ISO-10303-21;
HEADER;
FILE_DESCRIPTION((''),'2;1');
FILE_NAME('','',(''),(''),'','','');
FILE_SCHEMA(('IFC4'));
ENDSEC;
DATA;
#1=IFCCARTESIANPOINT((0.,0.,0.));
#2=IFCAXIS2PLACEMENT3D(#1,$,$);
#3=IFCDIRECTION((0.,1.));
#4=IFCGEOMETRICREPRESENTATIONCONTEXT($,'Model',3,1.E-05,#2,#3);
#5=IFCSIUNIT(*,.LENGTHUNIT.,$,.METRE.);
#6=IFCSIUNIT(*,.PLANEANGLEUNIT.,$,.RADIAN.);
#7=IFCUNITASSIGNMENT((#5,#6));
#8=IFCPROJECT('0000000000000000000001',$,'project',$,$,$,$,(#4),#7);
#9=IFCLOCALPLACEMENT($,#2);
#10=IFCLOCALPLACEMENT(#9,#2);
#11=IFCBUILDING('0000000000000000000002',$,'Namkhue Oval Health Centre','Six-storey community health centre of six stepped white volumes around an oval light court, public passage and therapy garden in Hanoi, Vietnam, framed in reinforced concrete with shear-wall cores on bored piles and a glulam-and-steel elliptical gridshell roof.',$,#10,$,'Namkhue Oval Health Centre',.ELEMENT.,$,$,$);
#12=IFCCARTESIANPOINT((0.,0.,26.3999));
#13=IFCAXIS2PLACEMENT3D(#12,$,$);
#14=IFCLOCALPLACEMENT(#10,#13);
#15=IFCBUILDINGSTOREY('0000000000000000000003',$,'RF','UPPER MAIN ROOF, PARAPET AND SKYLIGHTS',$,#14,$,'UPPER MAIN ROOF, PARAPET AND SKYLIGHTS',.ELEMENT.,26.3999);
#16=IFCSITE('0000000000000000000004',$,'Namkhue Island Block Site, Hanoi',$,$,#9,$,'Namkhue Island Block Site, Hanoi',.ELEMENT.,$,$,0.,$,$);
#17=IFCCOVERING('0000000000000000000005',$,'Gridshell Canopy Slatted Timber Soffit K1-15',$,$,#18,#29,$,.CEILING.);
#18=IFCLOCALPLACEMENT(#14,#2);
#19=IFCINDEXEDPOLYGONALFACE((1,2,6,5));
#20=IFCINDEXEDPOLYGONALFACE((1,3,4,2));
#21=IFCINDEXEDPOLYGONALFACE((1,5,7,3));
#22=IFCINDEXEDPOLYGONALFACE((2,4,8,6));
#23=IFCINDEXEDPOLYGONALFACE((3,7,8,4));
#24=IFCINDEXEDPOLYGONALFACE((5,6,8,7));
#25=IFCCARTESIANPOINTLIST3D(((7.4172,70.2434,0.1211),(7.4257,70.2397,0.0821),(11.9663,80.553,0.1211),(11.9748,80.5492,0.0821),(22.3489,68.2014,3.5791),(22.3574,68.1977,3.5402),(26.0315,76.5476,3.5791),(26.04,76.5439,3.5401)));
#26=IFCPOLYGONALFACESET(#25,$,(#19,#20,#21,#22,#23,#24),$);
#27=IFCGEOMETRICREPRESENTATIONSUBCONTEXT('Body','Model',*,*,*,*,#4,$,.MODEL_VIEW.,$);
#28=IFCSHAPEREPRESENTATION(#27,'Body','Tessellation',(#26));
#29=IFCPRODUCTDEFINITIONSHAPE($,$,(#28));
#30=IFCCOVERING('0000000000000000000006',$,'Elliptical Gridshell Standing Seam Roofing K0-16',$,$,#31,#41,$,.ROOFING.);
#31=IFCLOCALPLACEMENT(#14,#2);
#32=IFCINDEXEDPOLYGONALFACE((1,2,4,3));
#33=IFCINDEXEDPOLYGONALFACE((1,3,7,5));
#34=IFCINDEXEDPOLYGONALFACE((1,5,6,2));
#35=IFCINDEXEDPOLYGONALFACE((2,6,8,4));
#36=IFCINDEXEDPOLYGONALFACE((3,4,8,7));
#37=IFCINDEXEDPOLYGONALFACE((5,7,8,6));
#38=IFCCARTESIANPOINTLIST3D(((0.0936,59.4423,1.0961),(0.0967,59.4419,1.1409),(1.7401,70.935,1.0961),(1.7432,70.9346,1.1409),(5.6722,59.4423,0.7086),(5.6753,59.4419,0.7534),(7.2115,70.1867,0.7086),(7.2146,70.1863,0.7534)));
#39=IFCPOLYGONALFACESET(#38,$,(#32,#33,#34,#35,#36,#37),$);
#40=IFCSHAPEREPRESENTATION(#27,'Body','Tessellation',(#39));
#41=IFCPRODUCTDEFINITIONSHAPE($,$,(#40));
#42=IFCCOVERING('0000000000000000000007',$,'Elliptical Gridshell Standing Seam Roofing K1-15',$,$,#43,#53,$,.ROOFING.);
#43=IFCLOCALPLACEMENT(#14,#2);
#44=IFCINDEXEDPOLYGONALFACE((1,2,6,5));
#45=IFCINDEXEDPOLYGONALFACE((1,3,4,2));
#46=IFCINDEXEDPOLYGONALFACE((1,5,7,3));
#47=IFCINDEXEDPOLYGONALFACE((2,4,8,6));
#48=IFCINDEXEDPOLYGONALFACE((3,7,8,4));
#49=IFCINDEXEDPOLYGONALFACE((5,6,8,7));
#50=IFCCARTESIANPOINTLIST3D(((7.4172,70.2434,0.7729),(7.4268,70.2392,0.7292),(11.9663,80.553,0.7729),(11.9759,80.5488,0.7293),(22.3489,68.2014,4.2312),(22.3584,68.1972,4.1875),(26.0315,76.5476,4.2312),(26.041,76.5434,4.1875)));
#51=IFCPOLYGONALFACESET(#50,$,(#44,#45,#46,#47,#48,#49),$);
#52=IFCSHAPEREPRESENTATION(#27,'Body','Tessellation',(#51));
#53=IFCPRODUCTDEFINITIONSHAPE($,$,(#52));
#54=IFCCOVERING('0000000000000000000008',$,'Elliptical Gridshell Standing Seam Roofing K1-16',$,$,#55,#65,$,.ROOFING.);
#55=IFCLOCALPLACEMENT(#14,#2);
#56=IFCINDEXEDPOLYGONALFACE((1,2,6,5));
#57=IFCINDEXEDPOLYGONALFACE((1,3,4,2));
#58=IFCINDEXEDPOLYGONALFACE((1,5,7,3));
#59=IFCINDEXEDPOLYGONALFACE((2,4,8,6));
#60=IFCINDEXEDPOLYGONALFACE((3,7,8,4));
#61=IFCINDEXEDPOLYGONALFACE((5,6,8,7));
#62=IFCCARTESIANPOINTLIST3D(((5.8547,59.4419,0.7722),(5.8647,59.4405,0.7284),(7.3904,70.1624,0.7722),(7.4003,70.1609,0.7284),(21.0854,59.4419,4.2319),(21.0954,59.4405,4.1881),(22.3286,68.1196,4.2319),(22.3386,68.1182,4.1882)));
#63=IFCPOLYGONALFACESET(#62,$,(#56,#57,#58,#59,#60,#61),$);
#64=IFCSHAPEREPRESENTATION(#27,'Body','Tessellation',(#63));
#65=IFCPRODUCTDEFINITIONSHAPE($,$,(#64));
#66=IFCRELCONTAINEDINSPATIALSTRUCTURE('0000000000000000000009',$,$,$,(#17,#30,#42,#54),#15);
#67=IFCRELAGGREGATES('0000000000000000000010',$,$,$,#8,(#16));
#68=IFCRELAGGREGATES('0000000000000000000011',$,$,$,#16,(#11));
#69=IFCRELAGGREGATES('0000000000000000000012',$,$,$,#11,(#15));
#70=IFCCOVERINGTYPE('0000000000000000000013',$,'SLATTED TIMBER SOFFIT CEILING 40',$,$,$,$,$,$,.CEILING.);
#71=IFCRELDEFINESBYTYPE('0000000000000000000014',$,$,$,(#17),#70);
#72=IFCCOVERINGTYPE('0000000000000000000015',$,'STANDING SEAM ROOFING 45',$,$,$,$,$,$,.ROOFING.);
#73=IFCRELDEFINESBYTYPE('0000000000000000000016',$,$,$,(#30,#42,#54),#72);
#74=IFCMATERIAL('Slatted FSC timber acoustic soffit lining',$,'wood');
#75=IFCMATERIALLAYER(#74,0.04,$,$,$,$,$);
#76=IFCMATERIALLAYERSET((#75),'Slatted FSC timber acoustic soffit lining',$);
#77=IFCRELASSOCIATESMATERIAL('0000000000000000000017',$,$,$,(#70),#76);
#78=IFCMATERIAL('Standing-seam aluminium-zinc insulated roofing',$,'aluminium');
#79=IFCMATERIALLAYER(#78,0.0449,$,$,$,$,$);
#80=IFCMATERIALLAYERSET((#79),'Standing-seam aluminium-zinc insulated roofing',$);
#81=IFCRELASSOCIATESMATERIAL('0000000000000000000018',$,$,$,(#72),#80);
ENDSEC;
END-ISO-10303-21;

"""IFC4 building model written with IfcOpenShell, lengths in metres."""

from ifc_helpers import new_model, si_unit, direction, frame, origin, place, context, subcontext, project, spatial, polyline, outline, extrude, material, layer, layer_set, type_object, element, save


model = new_model("IFC4")

# Units and contexts
model_context = context("Model", 3, precision=1e-05, world=origin(), true_north=direction((0.0, 1.0)))
body_context = subcontext(model_context, "Body", "Model", "MODEL_VIEW")
ifc_project = project(units=[si_unit("LENGTHUNIT", "METRE"), si_unit("PLANEANGLEUNIT", "RADIAN")], contexts=[model_context])

# Site, building, storey
site_placement = place(None, origin())
site = spatial("IfcSite", under=ifc_project, at=site_placement, Name="Namkhue Island Block Site, Hanoi", LongName="Namkhue Island Block Site, Hanoi", CompositionType="ELEMENT", RefElevation=0.0)
building_placement = place(site_placement, origin())
building = spatial("IfcBuilding", under=site, at=building_placement, Name="Namkhue Oval Health Centre", Description="Six-storey community health centre of six stepped white volumes around an oval light court, public passage and therapy garden in Hanoi, Vietnam, framed in reinforced concrete with shear-wall cores on bored piles and a glulam-and-steel elliptical gridshell roof.", LongName="Namkhue Oval Health Centre", CompositionType="ELEMENT")
storey_placement = place(building_placement, frame((0.0, 0.0, 26.3999)))
storey = spatial("IfcBuildingStorey", under=building, at=storey_placement, Name="RF", Description="UPPER MAIN ROOF, PARAPET AND SKYLIGHTS", LongName="UPPER MAIN ROOF, PARAPET AND SKYLIGHTS", CompositionType="ELEMENT", Elevation=26.3999)

# Coverings
ifc_material_1 = material(Name="Slatted FSC timber acoustic soffit lining", Category="wood")
ifc_layer_1 = layer(ifc_material_1, 0.04)
ifc_layer_set_1 = layer_set([ifc_layer_1], Name="Slatted FSC timber acoustic soffit lining")
covering_type_1 = type_object("IfcCoveringType", Name="SLATTED TIMBER SOFFIT CEILING 40", PredefinedType="CEILING", material=ifc_layer_set_1)
covering_1_placement = place(storey_placement, frame((11.9663, 80.553, 0.1211), z_axis=(-0.212441, 0.093738, 0.972667), x_axis=(-0.403694, -0.914894, -0.000001)))
element("IfcCovering", 1, at=covering_1_placement, inside=storey, type_object=covering_type_1, Name="Gridshell Canopy Slatted Timber Soffit K1-15", PredefinedType="CEILING", context=body_context, shape_type="SweptSolid", body=[
    extrude(outline(polyline([(0.0, 0.0), (11.2686, 0.0), (7.109, 14.8922), (-2.0136, 14.8921), (0.0, 0.0)])), origin(), (0.0, 0.0, -1.0), 0.04),
])
ifc_material_2 = material(Name="Standing-seam aluminium-zinc insulated roofing", Category="aluminium")
ifc_layer_2 = layer(ifc_material_2, 0.0449)
ifc_layer_set_2 = layer_set([ifc_layer_2], Name="Standing-seam aluminium-zinc insulated roofing")
covering_type_2 = type_object("IfcCoveringType", Name="STANDING SEAM ROOFING 45", PredefinedType="ROOFING", material=ifc_layer_set_2)
covering_2_placement = place(storey_placement, frame((1.7432, 70.9346, 1.1409), z_axis=(0.069282, -0.009926, 0.997548), x_axis=(-0.141816, -0.989893, 0.0)))
element("IfcCovering", 2, at=covering_2_placement, inside=storey, type_object=covering_type_2, Name="Elliptical Gridshell Standing Seam Roofing K0-16", PredefinedType="ROOFING", context=body_context, shape_type="SweptSolid", body=[
    extrude(outline(polyline([(0.0, 0.0), (11.61, 0.0), (10.8189, 5.5358), (-0.0352, 5.5358), (0.0, 0.0)])), origin(), (0.0, 0.0, -1.0), 0.0449),
])
covering_3_placement = place(storey_placement, frame((11.9663, 80.553, 0.7729), z_axis=(-0.212455, 0.093744, 0.972664), x_axis=(-0.403694, -0.914894, -0.000001)))
element("IfcCovering", 3, at=covering_3_placement, inside=storey, type_object=covering_type_2, Name="Elliptical Gridshell Standing Seam Roofing K1-15", PredefinedType="ROOFING", context=body_context, shape_type="SweptSolid", body=[
    extrude(outline(polyline([(0.0, 0.0), (11.2686, 0.0), (7.109, 14.8923), (-2.0136, 14.8922), (0.0, 0.0)])), origin(), (0.0, 0.0, -1.0), 0.0449),
])
covering_4_placement = place(storey_placement, frame((7.3904, 70.1624, 0.7722), z_axis=(-0.221399, 0.031716, 0.974668), x_axis=(-0.141797, -0.989896, 0.000001)))
element("IfcCovering", 4, at=covering_4_placement, inside=storey, type_object=covering_type_2, Name="Elliptical Gridshell Standing Seam Roofing K1-16", PredefinedType="ROOFING", context=body_context, shape_type="SweptSolid", body=[
    extrude(outline(polyline([(0.0, 0.0), (10.8299, 0.0), (8.6702, 15.4687), (-0.0961, 15.4688), (0.0, 0.0)])), origin(), (0.0, 0.0, -1.0), 0.0449),
])

save(model, "model.ifc")
